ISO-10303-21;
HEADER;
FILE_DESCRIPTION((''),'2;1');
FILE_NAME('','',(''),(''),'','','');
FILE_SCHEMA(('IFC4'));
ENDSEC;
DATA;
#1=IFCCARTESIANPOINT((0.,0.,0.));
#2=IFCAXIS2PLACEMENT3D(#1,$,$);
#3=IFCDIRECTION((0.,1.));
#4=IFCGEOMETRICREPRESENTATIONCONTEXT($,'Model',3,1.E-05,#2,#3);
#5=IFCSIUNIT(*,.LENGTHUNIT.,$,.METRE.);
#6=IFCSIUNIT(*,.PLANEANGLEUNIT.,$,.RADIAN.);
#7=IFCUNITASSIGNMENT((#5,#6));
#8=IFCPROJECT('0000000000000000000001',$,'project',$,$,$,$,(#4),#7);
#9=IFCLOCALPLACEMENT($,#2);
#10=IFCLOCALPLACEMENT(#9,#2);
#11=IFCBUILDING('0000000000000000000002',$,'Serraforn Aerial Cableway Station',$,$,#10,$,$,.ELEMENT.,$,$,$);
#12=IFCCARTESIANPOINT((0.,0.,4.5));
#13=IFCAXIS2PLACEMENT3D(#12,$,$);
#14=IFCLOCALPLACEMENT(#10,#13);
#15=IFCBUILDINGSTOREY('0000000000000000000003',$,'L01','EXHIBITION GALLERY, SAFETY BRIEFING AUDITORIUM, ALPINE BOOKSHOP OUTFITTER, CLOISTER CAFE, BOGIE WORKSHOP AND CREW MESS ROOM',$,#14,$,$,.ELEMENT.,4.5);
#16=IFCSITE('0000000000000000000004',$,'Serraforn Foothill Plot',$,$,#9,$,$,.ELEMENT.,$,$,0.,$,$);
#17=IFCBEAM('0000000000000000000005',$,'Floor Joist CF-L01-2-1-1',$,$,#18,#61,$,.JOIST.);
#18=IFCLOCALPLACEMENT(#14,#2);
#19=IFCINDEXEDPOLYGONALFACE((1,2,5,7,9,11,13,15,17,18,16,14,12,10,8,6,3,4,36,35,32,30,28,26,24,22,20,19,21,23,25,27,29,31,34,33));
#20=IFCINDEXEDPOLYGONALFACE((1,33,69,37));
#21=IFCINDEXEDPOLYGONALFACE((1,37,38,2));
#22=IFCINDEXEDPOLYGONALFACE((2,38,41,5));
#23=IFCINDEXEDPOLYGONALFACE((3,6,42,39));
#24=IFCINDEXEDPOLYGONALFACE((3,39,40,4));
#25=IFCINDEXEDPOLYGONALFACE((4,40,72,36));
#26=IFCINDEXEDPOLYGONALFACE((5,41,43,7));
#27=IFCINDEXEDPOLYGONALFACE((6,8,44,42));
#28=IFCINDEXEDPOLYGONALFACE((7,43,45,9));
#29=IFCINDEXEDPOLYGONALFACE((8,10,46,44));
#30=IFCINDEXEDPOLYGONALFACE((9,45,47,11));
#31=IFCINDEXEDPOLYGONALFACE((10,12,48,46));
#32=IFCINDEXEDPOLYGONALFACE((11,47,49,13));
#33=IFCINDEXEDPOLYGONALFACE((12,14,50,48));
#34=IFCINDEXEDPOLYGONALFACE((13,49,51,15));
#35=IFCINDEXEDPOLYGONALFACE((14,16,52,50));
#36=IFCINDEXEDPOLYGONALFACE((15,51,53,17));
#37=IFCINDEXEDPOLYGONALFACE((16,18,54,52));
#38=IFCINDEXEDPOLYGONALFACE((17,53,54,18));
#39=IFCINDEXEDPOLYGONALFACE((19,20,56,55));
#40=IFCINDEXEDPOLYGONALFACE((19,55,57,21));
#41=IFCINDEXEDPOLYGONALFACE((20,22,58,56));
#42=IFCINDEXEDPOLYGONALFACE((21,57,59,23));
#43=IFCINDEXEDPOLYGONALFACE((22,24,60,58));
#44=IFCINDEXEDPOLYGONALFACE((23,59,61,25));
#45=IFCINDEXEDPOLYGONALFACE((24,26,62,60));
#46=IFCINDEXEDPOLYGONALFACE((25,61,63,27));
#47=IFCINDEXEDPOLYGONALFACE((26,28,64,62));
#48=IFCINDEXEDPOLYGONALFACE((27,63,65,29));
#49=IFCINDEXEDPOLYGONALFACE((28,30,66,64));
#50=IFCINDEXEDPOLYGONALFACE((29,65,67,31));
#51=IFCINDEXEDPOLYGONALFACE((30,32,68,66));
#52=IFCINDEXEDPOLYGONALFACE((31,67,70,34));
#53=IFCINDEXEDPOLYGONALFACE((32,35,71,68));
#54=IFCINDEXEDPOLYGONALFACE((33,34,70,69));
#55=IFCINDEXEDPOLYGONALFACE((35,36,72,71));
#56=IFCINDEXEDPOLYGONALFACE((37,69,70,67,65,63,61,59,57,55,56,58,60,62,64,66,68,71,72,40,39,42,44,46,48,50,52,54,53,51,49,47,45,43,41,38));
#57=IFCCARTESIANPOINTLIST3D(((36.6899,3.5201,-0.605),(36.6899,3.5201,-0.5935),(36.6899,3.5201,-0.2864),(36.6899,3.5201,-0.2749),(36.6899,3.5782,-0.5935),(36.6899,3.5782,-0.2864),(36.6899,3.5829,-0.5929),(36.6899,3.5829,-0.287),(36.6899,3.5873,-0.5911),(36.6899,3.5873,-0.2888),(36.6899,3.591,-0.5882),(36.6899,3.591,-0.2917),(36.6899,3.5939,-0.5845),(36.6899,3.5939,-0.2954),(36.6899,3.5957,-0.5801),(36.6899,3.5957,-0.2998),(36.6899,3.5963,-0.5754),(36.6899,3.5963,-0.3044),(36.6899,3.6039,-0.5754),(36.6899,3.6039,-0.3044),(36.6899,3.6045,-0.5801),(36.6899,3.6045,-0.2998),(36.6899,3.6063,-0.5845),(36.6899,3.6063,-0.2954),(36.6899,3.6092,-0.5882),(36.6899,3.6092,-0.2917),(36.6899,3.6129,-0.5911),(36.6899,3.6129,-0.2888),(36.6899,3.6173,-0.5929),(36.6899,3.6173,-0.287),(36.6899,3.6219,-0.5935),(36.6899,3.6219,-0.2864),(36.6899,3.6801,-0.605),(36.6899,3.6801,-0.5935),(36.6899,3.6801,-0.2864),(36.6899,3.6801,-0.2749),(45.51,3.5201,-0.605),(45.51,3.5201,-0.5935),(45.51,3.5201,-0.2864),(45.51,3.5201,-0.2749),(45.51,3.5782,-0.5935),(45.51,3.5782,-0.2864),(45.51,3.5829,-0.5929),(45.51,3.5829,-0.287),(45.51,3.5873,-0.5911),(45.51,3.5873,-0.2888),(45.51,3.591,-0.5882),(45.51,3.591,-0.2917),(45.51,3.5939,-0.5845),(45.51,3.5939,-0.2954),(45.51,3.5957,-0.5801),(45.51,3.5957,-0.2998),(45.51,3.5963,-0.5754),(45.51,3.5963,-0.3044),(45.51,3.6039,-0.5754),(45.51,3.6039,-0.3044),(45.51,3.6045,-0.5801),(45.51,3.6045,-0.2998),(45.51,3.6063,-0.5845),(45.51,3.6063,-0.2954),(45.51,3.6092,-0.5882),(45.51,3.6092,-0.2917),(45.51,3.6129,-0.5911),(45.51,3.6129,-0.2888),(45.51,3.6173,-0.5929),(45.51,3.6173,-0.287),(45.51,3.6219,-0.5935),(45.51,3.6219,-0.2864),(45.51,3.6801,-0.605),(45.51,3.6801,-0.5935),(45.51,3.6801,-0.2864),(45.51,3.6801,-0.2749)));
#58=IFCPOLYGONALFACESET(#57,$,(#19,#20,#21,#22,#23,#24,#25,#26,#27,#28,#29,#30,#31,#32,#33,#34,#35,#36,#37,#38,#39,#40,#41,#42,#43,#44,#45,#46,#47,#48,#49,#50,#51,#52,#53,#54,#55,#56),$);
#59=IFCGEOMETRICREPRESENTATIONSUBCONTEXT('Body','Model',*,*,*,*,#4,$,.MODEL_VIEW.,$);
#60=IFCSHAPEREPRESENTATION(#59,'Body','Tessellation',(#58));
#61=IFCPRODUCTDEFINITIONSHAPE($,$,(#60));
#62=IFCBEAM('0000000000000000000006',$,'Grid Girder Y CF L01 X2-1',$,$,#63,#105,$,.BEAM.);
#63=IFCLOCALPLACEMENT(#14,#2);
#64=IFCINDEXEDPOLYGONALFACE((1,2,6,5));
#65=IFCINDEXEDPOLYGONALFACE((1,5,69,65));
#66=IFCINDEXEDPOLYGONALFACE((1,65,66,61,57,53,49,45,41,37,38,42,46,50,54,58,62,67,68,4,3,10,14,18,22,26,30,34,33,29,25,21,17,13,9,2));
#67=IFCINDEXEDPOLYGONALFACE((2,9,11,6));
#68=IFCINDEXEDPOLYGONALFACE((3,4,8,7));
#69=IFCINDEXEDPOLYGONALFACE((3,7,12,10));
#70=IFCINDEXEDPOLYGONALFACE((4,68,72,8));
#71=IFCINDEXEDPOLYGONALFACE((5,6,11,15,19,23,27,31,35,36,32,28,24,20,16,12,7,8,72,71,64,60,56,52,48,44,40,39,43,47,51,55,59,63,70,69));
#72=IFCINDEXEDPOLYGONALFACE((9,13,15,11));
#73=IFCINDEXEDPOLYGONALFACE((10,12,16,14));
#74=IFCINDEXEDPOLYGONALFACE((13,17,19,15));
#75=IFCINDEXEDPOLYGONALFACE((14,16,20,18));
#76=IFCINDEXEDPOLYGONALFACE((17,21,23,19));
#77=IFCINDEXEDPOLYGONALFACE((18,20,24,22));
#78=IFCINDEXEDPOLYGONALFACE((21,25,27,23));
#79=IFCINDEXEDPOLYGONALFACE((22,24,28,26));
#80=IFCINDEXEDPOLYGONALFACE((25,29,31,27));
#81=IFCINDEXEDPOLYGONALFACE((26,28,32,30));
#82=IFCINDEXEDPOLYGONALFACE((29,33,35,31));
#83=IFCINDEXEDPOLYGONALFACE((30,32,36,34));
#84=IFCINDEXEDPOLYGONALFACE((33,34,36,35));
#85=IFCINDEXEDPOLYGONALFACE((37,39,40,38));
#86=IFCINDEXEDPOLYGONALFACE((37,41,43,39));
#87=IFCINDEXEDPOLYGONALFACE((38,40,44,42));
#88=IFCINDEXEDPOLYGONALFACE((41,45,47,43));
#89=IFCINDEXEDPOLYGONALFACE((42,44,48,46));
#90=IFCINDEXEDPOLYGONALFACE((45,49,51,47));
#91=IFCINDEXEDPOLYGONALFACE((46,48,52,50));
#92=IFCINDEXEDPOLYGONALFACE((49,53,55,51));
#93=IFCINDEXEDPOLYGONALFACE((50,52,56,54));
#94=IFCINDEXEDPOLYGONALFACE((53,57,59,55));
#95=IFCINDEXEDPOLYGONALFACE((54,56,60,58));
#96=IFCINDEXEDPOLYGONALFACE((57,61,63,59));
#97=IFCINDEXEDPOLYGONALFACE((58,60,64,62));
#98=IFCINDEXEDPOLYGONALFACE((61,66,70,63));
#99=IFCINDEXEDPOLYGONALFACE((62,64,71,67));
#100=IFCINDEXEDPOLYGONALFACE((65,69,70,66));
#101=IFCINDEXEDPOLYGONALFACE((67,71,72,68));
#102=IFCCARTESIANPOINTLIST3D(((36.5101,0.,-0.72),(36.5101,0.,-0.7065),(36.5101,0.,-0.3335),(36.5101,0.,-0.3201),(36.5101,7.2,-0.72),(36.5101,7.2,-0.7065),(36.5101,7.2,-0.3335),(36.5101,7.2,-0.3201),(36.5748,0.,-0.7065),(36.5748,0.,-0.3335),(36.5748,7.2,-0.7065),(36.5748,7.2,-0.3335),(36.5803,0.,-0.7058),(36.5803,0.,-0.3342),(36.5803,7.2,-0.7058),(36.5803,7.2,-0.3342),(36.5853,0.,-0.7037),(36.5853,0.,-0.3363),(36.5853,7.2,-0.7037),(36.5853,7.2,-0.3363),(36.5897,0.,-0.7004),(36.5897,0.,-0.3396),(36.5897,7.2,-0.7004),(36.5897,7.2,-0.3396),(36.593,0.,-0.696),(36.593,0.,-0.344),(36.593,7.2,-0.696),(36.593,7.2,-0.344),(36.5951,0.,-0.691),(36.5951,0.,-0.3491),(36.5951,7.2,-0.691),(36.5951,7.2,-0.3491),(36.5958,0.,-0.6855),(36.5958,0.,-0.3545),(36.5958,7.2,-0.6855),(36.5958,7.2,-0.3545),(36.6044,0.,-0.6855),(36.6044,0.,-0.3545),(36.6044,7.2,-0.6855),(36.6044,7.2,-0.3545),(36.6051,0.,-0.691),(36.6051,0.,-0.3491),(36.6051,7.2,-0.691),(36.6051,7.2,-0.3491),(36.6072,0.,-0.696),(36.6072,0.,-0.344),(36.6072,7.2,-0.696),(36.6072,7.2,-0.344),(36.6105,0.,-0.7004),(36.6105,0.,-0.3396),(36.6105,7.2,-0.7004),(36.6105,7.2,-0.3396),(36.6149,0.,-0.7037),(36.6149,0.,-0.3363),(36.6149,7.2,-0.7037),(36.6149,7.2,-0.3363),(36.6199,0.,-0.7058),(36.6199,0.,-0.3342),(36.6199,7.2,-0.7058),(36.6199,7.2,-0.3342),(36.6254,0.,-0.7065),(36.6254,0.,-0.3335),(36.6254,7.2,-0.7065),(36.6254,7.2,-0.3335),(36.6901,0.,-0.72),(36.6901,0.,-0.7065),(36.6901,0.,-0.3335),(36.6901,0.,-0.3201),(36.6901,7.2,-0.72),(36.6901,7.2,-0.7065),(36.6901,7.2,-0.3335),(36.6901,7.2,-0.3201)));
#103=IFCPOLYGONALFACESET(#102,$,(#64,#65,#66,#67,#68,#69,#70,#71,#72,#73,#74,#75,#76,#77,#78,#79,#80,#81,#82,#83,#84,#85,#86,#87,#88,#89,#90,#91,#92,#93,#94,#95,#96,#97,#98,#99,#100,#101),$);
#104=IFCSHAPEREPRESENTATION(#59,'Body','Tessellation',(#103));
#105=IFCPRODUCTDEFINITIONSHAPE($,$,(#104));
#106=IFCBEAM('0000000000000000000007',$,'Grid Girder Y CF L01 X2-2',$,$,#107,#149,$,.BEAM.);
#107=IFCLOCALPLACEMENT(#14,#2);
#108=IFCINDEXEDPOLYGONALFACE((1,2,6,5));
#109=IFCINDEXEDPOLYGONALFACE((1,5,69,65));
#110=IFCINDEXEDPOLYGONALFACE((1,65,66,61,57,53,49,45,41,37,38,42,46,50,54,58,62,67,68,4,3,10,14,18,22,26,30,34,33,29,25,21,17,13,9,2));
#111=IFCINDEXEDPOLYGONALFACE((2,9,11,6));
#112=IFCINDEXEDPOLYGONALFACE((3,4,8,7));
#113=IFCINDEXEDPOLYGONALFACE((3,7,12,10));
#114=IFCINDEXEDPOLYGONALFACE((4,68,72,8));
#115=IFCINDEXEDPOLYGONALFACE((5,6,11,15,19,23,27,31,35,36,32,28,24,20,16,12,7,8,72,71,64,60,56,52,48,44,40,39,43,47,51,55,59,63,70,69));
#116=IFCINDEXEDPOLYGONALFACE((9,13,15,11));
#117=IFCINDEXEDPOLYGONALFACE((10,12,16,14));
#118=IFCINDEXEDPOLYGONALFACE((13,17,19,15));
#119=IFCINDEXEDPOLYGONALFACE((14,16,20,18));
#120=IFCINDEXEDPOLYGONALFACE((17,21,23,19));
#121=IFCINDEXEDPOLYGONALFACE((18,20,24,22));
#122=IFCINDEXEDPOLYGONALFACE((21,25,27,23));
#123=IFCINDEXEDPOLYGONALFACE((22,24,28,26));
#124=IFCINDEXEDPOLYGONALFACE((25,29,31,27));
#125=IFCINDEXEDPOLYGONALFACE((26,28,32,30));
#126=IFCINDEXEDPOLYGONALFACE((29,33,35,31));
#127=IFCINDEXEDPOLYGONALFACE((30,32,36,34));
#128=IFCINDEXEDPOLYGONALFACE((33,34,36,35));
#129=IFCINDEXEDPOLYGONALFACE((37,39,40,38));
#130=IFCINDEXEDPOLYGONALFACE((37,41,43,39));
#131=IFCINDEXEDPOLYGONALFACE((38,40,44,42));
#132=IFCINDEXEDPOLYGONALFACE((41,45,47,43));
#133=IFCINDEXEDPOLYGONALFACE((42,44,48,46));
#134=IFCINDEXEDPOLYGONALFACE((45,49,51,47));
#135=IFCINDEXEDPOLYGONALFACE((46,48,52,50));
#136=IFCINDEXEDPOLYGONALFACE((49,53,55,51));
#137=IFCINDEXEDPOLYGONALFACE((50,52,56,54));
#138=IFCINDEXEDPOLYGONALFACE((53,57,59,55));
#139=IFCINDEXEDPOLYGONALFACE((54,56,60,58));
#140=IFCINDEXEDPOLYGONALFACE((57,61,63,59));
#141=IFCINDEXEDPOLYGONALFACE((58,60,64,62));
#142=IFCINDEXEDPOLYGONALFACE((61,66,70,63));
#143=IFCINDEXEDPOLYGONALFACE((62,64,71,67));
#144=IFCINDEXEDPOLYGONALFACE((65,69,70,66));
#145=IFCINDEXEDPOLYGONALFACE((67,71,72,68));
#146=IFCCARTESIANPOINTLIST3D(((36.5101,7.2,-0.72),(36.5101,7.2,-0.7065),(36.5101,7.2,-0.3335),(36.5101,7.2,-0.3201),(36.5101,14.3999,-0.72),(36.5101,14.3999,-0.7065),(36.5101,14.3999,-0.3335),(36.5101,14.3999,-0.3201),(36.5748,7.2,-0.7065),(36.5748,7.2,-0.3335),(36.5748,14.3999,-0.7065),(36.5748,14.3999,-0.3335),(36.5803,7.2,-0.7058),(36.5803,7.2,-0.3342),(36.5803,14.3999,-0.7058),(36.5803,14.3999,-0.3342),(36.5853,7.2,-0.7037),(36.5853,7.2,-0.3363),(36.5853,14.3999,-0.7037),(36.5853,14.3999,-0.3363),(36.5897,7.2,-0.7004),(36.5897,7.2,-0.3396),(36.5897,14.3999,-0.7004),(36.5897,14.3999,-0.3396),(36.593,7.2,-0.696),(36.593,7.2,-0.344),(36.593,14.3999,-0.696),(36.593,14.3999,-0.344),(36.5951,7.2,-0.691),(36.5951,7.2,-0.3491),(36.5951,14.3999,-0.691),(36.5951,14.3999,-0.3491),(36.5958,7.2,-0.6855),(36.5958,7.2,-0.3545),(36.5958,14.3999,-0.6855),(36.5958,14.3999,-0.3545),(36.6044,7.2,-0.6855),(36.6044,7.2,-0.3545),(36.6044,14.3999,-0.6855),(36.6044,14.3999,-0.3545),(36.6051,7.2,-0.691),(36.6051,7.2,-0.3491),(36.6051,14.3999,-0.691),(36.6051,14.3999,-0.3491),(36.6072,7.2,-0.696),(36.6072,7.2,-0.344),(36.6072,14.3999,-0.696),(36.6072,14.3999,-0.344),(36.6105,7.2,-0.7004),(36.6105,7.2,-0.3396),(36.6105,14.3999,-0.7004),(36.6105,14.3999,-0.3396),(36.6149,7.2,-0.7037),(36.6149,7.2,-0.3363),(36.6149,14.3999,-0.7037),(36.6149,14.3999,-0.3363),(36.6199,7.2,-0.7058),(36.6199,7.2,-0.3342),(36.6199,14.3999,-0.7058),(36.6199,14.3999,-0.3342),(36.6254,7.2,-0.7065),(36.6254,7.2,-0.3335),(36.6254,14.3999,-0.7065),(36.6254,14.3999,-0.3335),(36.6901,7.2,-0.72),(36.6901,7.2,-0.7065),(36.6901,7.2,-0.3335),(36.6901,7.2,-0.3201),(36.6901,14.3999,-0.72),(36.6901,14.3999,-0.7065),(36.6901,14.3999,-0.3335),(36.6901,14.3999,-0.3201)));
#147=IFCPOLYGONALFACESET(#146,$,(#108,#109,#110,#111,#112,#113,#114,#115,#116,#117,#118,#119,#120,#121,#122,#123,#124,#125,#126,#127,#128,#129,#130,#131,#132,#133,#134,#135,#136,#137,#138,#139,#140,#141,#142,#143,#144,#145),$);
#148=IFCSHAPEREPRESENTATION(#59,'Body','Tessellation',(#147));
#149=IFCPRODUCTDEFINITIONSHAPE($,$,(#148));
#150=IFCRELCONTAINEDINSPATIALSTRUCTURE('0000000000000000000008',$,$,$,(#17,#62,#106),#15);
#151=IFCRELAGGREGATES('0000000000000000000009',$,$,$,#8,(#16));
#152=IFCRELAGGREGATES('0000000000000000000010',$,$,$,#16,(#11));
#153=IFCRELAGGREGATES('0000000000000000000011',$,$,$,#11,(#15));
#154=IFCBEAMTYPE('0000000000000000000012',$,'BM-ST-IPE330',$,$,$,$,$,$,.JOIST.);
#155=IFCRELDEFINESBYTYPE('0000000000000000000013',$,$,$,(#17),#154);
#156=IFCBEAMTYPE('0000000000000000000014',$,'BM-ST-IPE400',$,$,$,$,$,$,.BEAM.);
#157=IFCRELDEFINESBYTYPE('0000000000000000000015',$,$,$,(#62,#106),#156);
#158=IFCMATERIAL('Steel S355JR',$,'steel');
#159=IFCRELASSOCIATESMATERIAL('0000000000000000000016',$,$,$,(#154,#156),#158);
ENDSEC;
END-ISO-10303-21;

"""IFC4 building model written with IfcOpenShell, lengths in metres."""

from ifc_helpers import new_model, si_unit, direction, frame, origin, origin_2d, place, context, subcontext, project, spatial, i_section, extrude, material, material_profile, profile_set, type_object, element, save


model = new_model("IFC4")

# Units and contexts
model_context = context("Model", 3, precision=1e-05, world=origin(), true_north=direction((0.0, 1.0)))
body_context = subcontext(model_context, "Body", "Model", "MODEL_VIEW")
ifc_project = project(units=[si_unit("LENGTHUNIT", "METRE"), si_unit("PLANEANGLEUNIT", "RADIAN")], contexts=[model_context])

# Site, building, storey
site_placement = place(None, origin())
site = spatial("IfcSite", under=ifc_project, at=site_placement, Name="Serraforn Foothill Plot", CompositionType="ELEMENT", RefElevation=0.0)
building_placement = place(site_placement, origin())
building = spatial("IfcBuilding", under=site, at=building_placement, Name="Serraforn Aerial Cableway Station", CompositionType="ELEMENT")
storey_placement = place(building_placement, frame((0.0, 0.0, 4.5)))
storey = spatial("IfcBuildingStorey", under=building, at=storey_placement, Name="L01", Description="EXHIBITION GALLERY, SAFETY BRIEFING AUDITORIUM, ALPINE BOOKSHOP OUTFITTER, CLOISTER CAFE, BOGIE WORKSHOP AND CREW MESS ROOM", CompositionType="ELEMENT", Elevation=4.5)

# Beams
ifc_material_1 = material(Name="Steel S355JR", Category="steel")
ifc_material_profile_1 = material_profile(ifc_material_1, i_section(OverallWidth=0.1599, OverallDepth=0.3301, WebThickness=0.0076, FlangeThickness=0.0115, FilletRadius=0.0181, at=origin_2d()), Name="IPE 330")
ifc_profile_set_1 = profile_set([ifc_material_profile_1], Name="Steel S355JR")
beam_type_1 = type_object("IfcBeamType", Name="BM-ST-IPE330", PredefinedType="JOIST", material=ifc_profile_set_1)
beam_1_placement = place(storey_placement, frame((36.6899, 3.6001, -0.4399), z_axis=(1.0, 0.0, 0.0), x_axis=(0.0, 1.0, 0.0)))
element("IfcBeam", 1, at=beam_1_placement, inside=storey, type_object=beam_type_1, Name="Floor Joist CF-L01-2-1-1", PredefinedType="JOIST", context=body_context, shape_type="SweptSolid", body=[
    extrude(i_section(OverallWidth=0.1599, OverallDepth=0.3301, WebThickness=0.0076, FlangeThickness=0.0115, FilletRadius=0.0181, at=origin_2d()), origin(), (0.0, 0.0, 1.0), 8.8201),
])
ifc_material_profile_2 = material_profile(ifc_material_1, i_section(OverallWidth=0.1799, OverallDepth=0.3999, WebThickness=0.0085, FlangeThickness=0.0134, FilletRadius=0.021, at=origin_2d()), Name="IPE 400")
ifc_profile_set_2 = profile_set([ifc_material_profile_2], Name="Steel S355JR")
beam_type_2 = type_object("IfcBeamType", Name="BM-ST-IPE400", PredefinedType="BEAM", material=ifc_profile_set_2)
for number, where, z_axis, x_axis, name in (
    (2, (36.6001, 0.0, -0.52), (0.0, 1.0, 0.0), (-1.0, 0.0, 0.0), "Grid Girder Y CF L01 X2-1"),
    (3, (36.6001, 7.2, -0.52), (0.0, 1.0, 0.0), (-1.0, 0.0, 0.0), "Grid Girder Y CF L01 X2-2"),
):
    element("IfcBeam", number, at=place(storey_placement, frame(where, z_axis=z_axis, x_axis=x_axis)), inside=storey, type_object=beam_type_2, Name=name, PredefinedType="BEAM", context=body_context, shape_type="SweptSolid", body=[
        extrude(i_section(OverallWidth=0.1799, OverallDepth=0.3999, WebThickness=0.0085, FlangeThickness=0.0134, FilletRadius=0.021, at=origin_2d()), origin(), (0.0, 0.0, 1.0), 7.2),
    ])

save(model, "model.ifc")
